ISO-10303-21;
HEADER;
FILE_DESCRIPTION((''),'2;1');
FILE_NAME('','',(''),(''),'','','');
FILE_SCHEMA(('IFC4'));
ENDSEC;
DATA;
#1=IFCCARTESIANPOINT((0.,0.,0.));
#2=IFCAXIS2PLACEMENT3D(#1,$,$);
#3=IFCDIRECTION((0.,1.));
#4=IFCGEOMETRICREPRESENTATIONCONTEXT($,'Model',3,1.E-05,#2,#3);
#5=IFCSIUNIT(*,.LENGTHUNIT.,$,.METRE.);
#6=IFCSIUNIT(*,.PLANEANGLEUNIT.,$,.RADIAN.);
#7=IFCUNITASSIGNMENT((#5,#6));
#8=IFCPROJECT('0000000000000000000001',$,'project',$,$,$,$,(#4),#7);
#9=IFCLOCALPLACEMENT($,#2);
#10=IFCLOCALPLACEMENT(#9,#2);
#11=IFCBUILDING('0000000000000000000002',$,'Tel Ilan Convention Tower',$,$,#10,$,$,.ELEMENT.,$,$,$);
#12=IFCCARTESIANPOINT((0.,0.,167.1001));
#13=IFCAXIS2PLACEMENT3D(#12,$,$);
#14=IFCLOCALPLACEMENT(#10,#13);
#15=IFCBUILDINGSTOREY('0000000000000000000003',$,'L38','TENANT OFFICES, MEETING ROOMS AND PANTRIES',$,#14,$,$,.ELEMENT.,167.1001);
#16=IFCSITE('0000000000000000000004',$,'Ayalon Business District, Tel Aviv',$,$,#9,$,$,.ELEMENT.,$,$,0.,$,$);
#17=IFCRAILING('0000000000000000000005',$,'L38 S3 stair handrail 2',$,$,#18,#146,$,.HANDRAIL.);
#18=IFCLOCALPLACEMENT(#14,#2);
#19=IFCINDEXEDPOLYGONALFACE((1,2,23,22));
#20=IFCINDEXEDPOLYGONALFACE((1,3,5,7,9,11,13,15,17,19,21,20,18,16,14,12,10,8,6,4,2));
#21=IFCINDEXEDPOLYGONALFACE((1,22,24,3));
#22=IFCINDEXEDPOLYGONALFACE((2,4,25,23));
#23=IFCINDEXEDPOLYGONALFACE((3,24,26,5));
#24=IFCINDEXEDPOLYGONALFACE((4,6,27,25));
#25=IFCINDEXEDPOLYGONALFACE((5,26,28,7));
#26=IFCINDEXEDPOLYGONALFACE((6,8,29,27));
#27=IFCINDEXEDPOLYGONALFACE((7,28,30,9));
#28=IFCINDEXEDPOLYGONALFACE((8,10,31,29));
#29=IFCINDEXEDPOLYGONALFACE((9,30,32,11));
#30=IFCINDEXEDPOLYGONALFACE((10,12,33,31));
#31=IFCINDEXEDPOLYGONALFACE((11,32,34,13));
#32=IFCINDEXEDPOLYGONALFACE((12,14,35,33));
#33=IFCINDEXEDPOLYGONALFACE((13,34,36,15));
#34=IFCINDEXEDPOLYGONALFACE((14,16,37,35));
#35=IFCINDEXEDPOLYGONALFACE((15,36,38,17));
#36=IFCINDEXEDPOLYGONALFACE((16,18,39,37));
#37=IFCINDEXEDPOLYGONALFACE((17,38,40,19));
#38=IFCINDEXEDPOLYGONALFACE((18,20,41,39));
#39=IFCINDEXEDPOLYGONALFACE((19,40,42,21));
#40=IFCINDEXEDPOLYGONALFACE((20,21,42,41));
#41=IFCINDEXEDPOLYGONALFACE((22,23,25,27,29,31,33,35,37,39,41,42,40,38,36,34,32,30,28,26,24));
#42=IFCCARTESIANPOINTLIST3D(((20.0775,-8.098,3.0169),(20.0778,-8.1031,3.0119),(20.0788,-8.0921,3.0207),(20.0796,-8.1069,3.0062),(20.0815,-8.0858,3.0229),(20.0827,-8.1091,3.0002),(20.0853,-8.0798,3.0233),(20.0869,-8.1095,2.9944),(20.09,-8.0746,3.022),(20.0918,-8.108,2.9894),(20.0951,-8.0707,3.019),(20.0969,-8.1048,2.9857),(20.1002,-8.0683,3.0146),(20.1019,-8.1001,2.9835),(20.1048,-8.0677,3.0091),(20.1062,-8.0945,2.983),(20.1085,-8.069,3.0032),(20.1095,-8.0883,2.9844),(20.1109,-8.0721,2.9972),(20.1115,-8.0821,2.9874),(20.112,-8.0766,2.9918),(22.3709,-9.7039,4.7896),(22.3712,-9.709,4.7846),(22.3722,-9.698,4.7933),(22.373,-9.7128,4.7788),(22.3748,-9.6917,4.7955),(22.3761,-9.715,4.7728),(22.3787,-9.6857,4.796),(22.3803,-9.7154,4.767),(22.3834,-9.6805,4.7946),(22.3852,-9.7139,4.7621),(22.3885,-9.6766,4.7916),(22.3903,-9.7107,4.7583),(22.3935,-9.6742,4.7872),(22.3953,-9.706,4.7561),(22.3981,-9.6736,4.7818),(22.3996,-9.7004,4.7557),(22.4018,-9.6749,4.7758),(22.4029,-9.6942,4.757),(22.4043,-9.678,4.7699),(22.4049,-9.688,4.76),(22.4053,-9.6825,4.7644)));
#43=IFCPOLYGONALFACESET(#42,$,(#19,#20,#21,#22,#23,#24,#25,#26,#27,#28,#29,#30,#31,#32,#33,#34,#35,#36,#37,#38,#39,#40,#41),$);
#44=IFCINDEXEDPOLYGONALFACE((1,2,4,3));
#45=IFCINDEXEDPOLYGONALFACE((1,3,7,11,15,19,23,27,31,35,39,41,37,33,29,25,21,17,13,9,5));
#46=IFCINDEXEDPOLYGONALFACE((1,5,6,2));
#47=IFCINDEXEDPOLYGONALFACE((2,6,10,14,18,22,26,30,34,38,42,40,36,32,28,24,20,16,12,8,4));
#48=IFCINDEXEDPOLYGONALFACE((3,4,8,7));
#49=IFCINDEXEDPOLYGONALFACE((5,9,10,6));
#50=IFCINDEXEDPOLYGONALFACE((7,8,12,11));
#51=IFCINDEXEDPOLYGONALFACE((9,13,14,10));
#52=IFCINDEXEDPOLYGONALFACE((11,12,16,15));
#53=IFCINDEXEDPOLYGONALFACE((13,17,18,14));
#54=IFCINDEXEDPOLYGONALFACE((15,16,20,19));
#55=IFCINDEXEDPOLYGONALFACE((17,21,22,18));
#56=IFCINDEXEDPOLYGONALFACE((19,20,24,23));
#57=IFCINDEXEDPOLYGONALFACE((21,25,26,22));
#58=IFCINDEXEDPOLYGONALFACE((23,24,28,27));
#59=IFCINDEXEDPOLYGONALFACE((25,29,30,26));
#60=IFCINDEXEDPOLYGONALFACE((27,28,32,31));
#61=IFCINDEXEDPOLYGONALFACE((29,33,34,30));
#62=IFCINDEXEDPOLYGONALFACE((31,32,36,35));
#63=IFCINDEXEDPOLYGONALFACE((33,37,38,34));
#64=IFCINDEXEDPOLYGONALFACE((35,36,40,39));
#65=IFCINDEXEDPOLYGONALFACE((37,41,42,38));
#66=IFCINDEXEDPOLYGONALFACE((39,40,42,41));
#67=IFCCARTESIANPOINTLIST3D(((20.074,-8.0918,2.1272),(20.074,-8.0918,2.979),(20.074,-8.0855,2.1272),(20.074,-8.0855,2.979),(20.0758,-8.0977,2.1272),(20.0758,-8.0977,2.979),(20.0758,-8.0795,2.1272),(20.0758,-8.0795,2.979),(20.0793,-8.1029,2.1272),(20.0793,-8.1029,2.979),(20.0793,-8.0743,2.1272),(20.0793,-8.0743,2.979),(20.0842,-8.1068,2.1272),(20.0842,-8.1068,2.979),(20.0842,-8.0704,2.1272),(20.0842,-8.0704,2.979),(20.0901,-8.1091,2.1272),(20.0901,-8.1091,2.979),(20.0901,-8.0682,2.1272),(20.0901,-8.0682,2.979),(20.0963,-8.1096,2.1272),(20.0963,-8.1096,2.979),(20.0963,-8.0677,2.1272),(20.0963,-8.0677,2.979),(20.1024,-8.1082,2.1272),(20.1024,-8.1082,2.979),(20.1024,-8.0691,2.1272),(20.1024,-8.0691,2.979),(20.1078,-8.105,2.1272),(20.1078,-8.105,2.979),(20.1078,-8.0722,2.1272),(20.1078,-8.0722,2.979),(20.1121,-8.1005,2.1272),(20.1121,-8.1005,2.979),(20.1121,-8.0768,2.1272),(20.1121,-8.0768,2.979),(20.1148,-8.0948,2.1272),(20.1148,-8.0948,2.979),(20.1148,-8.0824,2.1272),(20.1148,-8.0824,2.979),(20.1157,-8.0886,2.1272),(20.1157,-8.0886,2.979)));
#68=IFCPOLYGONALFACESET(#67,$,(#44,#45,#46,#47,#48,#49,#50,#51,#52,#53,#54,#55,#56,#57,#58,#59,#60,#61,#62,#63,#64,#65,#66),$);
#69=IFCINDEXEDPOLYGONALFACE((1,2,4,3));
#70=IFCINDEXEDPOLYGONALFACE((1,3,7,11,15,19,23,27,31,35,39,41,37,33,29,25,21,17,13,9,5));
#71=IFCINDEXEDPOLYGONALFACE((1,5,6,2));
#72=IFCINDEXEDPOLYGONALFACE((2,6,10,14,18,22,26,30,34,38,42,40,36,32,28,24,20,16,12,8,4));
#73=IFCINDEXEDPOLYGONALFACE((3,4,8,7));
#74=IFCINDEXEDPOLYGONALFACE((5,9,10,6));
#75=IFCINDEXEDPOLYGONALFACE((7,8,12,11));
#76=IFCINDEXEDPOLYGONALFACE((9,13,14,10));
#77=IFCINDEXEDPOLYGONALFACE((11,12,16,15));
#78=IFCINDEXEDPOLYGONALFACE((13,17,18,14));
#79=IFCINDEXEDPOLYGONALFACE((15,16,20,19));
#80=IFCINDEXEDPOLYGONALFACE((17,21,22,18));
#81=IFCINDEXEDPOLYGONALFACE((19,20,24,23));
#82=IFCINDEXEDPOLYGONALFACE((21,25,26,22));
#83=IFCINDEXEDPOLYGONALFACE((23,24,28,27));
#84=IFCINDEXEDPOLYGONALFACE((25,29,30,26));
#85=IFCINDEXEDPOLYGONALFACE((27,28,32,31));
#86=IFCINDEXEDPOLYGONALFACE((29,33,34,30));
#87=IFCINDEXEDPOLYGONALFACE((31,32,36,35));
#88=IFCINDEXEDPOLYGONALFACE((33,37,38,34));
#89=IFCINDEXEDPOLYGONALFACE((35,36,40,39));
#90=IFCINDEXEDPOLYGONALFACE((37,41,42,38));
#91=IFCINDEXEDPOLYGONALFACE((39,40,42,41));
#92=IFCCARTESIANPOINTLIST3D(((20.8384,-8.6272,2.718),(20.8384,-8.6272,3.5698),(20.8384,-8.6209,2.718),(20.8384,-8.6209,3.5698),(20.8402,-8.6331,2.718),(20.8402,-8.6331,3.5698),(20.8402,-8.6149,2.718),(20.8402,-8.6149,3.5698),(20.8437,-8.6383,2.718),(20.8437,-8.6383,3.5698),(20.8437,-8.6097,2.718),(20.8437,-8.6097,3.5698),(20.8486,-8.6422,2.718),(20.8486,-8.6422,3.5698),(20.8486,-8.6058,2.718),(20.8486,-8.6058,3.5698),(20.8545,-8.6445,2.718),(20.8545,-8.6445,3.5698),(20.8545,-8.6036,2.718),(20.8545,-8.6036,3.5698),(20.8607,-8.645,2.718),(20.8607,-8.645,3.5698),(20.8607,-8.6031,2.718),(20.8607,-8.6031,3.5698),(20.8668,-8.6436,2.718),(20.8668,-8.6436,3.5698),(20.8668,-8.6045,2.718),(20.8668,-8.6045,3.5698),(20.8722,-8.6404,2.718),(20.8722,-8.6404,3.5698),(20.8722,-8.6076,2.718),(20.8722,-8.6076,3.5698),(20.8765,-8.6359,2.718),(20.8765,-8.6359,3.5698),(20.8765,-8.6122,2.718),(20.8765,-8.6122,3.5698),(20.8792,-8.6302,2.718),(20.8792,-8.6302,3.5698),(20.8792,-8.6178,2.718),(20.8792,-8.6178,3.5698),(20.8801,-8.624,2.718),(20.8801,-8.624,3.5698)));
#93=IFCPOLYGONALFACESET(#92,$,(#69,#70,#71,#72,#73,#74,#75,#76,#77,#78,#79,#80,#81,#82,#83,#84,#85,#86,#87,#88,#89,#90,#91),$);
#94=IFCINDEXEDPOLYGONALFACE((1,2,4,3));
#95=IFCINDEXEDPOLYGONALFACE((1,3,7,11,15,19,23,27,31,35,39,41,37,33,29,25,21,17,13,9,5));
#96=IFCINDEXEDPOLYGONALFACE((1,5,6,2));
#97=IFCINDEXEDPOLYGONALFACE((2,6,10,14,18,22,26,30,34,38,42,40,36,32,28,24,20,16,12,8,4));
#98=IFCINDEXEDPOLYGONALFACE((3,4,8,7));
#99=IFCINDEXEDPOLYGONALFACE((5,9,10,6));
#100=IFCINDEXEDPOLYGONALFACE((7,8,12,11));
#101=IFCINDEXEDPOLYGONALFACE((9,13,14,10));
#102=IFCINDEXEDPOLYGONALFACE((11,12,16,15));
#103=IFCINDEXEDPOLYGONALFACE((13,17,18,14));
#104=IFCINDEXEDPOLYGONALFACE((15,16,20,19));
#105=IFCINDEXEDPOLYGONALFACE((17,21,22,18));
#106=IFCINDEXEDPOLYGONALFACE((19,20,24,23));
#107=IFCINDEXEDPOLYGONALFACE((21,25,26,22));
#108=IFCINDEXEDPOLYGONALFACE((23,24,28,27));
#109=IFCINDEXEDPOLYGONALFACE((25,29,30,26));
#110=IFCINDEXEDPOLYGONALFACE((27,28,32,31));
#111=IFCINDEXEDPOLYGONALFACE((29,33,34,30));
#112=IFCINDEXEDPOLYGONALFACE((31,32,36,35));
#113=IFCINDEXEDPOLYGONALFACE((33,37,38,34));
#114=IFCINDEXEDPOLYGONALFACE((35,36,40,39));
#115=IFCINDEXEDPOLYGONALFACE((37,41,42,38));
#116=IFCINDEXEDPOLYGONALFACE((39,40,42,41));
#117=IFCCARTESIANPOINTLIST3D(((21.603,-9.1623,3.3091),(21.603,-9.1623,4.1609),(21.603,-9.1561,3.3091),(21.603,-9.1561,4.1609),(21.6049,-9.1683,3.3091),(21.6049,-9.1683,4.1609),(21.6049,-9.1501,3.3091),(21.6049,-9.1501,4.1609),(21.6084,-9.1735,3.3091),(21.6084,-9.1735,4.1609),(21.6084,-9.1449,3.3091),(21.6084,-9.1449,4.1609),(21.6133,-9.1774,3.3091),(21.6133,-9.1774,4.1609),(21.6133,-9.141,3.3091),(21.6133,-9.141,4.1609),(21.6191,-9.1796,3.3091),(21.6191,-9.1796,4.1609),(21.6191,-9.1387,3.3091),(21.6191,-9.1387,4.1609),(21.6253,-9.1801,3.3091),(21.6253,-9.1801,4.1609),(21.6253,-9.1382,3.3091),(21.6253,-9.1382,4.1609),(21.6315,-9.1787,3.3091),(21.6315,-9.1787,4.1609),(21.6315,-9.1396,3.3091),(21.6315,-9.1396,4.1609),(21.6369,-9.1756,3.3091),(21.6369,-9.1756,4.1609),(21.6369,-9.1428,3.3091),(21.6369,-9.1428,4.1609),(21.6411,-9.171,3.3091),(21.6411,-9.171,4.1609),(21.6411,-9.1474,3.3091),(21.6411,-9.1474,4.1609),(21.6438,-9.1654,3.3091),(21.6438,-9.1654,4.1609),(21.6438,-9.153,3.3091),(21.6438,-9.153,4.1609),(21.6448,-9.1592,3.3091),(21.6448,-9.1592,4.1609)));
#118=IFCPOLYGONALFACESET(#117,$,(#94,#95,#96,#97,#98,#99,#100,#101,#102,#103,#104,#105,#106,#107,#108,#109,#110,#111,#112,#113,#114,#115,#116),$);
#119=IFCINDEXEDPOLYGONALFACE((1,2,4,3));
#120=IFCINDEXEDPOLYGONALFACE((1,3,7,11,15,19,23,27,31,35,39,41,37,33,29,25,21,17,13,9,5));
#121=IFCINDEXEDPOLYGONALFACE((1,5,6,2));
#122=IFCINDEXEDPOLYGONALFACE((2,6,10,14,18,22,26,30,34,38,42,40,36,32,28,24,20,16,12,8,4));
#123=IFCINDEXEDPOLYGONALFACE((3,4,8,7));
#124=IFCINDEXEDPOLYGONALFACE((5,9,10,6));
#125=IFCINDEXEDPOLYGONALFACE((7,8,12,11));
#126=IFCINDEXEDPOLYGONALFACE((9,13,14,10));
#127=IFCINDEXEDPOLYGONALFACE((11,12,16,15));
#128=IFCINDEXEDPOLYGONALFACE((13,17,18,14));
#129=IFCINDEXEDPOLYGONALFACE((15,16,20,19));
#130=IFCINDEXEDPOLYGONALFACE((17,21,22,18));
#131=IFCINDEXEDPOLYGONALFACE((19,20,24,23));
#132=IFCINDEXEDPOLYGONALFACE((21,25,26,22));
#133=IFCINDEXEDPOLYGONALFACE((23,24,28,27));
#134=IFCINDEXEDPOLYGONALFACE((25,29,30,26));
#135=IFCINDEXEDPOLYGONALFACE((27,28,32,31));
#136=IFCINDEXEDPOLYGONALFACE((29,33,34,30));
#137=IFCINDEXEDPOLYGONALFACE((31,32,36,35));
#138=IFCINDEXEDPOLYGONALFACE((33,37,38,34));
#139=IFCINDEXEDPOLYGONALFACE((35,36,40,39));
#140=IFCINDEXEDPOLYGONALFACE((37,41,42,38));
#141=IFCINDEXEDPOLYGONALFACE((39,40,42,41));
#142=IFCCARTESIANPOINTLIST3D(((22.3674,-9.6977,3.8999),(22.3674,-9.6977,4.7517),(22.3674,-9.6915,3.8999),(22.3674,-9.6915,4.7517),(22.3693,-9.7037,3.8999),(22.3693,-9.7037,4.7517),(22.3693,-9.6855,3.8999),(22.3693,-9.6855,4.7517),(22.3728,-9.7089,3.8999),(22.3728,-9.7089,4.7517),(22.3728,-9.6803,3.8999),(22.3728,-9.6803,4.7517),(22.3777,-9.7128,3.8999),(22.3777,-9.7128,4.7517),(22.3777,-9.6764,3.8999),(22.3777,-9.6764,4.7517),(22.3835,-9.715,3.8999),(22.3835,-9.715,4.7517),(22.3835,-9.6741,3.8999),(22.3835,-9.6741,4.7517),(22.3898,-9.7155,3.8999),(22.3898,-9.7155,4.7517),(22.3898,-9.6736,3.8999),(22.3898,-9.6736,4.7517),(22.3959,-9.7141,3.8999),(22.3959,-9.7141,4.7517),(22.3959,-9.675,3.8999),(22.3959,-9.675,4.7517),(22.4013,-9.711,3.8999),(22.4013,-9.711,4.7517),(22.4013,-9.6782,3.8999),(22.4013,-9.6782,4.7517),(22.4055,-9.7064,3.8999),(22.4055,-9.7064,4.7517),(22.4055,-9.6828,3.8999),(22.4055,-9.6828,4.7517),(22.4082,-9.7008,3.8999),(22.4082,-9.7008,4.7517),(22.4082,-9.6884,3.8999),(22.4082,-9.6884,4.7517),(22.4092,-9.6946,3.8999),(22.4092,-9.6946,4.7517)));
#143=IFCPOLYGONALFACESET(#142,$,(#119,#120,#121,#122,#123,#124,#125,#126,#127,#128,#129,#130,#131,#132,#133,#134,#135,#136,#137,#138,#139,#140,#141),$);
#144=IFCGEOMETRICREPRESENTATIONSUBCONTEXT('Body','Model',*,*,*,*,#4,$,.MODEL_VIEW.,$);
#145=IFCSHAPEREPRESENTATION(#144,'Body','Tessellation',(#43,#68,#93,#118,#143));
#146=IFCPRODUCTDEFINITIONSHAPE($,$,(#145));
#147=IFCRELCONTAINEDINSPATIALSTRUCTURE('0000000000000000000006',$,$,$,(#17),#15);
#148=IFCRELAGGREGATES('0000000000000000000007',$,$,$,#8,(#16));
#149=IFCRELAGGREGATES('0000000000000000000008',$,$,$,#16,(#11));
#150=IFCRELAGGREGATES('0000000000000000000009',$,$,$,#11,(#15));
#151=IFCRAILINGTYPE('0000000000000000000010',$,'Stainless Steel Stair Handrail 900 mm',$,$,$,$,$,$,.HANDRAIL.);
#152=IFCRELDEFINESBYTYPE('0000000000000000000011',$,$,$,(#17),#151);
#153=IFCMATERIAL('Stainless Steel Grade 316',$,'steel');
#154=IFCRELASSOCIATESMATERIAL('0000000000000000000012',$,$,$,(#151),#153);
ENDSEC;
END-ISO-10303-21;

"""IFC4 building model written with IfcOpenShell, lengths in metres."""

from ifc_helpers import new_model, si_unit, direction, frame, origin, origin_2d, place, context, subcontext, project, spatial, circle, extrude, material, type_object, element, save


model = new_model("IFC4")

# Units and contexts
model_context = context("Model", 3, precision=1e-05, world=origin(), true_north=direction((0.0, 1.0)))
body_context = subcontext(model_context, "Body", "Model", "MODEL_VIEW")
ifc_project = project(units=[si_unit("LENGTHUNIT", "METRE"), si_unit("PLANEANGLEUNIT", "RADIAN")], contexts=[model_context])

# Site, building, storey
site_placement = place(None, origin())
site = spatial("IfcSite", under=ifc_project, at=site_placement, Name="Ayalon Business District, Tel Aviv", CompositionType="ELEMENT", RefElevation=0.0)
building_placement = place(site_placement, origin())
building = spatial("IfcBuilding", under=site, at=building_placement, Name="Tel Ilan Convention Tower", CompositionType="ELEMENT")
storey_placement = place(building_placement, frame((0.0, 0.0, 167.1001)))
storey = spatial("IfcBuildingStorey", under=building, at=storey_placement, Name="L38", Description="TENANT OFFICES, MEETING ROOMS AND PANTRIES", CompositionType="ELEMENT", Elevation=167.1001)

# Railing
ifc_material_1 = material(Name="Stainless Steel Grade 316", Category="steel")
railing_type_1 = type_object("IfcRailingType", Name="Stainless Steel Stair Handrail 900 mm", PredefinedType="HANDRAIL", material=ifc_material_1)
railing_1_placement = place(storey_placement, frame((20.0947, -8.0886, 2.1272)))
element("IfcRailing", 1, at=railing_1_placement, inside=storey, type_object=railing_type_1, Name="L38 S3 stair handrail 2", PredefinedType="HANDRAIL", context=body_context, shape_type="SweptSolid", body=[
    extrude(circle(Radius=0.0239, at=origin_2d()), frame((0.0, 0.0, 0.876), z_axis=(0.692085, -0.484621, 0.53494), x_axis=(0.573591, 0.819142, 0.0)), (0.0, 0.0, 1.0), 3.3137),
    extrude(circle(Radius=0.021, at=origin_2d()), origin(), (0.0, 0.0, 1.0), 0.8518),
    extrude(circle(Radius=0.021, at=origin_2d()), frame((0.7644, -0.5354, 0.5908)), (0.0, 0.0, 1.0), 0.8518),
    extrude(circle(Radius=0.021, at=origin_2d()), frame((1.5291, -1.0706, 1.1819)), (0.0, 0.0, 1.0), 0.8518),
    extrude(circle(Radius=0.021, at=origin_2d()), frame((2.2935, -1.606, 1.7727)), (0.0, 0.0, 1.0), 0.8518),
])

save(model, "model.ifc")
